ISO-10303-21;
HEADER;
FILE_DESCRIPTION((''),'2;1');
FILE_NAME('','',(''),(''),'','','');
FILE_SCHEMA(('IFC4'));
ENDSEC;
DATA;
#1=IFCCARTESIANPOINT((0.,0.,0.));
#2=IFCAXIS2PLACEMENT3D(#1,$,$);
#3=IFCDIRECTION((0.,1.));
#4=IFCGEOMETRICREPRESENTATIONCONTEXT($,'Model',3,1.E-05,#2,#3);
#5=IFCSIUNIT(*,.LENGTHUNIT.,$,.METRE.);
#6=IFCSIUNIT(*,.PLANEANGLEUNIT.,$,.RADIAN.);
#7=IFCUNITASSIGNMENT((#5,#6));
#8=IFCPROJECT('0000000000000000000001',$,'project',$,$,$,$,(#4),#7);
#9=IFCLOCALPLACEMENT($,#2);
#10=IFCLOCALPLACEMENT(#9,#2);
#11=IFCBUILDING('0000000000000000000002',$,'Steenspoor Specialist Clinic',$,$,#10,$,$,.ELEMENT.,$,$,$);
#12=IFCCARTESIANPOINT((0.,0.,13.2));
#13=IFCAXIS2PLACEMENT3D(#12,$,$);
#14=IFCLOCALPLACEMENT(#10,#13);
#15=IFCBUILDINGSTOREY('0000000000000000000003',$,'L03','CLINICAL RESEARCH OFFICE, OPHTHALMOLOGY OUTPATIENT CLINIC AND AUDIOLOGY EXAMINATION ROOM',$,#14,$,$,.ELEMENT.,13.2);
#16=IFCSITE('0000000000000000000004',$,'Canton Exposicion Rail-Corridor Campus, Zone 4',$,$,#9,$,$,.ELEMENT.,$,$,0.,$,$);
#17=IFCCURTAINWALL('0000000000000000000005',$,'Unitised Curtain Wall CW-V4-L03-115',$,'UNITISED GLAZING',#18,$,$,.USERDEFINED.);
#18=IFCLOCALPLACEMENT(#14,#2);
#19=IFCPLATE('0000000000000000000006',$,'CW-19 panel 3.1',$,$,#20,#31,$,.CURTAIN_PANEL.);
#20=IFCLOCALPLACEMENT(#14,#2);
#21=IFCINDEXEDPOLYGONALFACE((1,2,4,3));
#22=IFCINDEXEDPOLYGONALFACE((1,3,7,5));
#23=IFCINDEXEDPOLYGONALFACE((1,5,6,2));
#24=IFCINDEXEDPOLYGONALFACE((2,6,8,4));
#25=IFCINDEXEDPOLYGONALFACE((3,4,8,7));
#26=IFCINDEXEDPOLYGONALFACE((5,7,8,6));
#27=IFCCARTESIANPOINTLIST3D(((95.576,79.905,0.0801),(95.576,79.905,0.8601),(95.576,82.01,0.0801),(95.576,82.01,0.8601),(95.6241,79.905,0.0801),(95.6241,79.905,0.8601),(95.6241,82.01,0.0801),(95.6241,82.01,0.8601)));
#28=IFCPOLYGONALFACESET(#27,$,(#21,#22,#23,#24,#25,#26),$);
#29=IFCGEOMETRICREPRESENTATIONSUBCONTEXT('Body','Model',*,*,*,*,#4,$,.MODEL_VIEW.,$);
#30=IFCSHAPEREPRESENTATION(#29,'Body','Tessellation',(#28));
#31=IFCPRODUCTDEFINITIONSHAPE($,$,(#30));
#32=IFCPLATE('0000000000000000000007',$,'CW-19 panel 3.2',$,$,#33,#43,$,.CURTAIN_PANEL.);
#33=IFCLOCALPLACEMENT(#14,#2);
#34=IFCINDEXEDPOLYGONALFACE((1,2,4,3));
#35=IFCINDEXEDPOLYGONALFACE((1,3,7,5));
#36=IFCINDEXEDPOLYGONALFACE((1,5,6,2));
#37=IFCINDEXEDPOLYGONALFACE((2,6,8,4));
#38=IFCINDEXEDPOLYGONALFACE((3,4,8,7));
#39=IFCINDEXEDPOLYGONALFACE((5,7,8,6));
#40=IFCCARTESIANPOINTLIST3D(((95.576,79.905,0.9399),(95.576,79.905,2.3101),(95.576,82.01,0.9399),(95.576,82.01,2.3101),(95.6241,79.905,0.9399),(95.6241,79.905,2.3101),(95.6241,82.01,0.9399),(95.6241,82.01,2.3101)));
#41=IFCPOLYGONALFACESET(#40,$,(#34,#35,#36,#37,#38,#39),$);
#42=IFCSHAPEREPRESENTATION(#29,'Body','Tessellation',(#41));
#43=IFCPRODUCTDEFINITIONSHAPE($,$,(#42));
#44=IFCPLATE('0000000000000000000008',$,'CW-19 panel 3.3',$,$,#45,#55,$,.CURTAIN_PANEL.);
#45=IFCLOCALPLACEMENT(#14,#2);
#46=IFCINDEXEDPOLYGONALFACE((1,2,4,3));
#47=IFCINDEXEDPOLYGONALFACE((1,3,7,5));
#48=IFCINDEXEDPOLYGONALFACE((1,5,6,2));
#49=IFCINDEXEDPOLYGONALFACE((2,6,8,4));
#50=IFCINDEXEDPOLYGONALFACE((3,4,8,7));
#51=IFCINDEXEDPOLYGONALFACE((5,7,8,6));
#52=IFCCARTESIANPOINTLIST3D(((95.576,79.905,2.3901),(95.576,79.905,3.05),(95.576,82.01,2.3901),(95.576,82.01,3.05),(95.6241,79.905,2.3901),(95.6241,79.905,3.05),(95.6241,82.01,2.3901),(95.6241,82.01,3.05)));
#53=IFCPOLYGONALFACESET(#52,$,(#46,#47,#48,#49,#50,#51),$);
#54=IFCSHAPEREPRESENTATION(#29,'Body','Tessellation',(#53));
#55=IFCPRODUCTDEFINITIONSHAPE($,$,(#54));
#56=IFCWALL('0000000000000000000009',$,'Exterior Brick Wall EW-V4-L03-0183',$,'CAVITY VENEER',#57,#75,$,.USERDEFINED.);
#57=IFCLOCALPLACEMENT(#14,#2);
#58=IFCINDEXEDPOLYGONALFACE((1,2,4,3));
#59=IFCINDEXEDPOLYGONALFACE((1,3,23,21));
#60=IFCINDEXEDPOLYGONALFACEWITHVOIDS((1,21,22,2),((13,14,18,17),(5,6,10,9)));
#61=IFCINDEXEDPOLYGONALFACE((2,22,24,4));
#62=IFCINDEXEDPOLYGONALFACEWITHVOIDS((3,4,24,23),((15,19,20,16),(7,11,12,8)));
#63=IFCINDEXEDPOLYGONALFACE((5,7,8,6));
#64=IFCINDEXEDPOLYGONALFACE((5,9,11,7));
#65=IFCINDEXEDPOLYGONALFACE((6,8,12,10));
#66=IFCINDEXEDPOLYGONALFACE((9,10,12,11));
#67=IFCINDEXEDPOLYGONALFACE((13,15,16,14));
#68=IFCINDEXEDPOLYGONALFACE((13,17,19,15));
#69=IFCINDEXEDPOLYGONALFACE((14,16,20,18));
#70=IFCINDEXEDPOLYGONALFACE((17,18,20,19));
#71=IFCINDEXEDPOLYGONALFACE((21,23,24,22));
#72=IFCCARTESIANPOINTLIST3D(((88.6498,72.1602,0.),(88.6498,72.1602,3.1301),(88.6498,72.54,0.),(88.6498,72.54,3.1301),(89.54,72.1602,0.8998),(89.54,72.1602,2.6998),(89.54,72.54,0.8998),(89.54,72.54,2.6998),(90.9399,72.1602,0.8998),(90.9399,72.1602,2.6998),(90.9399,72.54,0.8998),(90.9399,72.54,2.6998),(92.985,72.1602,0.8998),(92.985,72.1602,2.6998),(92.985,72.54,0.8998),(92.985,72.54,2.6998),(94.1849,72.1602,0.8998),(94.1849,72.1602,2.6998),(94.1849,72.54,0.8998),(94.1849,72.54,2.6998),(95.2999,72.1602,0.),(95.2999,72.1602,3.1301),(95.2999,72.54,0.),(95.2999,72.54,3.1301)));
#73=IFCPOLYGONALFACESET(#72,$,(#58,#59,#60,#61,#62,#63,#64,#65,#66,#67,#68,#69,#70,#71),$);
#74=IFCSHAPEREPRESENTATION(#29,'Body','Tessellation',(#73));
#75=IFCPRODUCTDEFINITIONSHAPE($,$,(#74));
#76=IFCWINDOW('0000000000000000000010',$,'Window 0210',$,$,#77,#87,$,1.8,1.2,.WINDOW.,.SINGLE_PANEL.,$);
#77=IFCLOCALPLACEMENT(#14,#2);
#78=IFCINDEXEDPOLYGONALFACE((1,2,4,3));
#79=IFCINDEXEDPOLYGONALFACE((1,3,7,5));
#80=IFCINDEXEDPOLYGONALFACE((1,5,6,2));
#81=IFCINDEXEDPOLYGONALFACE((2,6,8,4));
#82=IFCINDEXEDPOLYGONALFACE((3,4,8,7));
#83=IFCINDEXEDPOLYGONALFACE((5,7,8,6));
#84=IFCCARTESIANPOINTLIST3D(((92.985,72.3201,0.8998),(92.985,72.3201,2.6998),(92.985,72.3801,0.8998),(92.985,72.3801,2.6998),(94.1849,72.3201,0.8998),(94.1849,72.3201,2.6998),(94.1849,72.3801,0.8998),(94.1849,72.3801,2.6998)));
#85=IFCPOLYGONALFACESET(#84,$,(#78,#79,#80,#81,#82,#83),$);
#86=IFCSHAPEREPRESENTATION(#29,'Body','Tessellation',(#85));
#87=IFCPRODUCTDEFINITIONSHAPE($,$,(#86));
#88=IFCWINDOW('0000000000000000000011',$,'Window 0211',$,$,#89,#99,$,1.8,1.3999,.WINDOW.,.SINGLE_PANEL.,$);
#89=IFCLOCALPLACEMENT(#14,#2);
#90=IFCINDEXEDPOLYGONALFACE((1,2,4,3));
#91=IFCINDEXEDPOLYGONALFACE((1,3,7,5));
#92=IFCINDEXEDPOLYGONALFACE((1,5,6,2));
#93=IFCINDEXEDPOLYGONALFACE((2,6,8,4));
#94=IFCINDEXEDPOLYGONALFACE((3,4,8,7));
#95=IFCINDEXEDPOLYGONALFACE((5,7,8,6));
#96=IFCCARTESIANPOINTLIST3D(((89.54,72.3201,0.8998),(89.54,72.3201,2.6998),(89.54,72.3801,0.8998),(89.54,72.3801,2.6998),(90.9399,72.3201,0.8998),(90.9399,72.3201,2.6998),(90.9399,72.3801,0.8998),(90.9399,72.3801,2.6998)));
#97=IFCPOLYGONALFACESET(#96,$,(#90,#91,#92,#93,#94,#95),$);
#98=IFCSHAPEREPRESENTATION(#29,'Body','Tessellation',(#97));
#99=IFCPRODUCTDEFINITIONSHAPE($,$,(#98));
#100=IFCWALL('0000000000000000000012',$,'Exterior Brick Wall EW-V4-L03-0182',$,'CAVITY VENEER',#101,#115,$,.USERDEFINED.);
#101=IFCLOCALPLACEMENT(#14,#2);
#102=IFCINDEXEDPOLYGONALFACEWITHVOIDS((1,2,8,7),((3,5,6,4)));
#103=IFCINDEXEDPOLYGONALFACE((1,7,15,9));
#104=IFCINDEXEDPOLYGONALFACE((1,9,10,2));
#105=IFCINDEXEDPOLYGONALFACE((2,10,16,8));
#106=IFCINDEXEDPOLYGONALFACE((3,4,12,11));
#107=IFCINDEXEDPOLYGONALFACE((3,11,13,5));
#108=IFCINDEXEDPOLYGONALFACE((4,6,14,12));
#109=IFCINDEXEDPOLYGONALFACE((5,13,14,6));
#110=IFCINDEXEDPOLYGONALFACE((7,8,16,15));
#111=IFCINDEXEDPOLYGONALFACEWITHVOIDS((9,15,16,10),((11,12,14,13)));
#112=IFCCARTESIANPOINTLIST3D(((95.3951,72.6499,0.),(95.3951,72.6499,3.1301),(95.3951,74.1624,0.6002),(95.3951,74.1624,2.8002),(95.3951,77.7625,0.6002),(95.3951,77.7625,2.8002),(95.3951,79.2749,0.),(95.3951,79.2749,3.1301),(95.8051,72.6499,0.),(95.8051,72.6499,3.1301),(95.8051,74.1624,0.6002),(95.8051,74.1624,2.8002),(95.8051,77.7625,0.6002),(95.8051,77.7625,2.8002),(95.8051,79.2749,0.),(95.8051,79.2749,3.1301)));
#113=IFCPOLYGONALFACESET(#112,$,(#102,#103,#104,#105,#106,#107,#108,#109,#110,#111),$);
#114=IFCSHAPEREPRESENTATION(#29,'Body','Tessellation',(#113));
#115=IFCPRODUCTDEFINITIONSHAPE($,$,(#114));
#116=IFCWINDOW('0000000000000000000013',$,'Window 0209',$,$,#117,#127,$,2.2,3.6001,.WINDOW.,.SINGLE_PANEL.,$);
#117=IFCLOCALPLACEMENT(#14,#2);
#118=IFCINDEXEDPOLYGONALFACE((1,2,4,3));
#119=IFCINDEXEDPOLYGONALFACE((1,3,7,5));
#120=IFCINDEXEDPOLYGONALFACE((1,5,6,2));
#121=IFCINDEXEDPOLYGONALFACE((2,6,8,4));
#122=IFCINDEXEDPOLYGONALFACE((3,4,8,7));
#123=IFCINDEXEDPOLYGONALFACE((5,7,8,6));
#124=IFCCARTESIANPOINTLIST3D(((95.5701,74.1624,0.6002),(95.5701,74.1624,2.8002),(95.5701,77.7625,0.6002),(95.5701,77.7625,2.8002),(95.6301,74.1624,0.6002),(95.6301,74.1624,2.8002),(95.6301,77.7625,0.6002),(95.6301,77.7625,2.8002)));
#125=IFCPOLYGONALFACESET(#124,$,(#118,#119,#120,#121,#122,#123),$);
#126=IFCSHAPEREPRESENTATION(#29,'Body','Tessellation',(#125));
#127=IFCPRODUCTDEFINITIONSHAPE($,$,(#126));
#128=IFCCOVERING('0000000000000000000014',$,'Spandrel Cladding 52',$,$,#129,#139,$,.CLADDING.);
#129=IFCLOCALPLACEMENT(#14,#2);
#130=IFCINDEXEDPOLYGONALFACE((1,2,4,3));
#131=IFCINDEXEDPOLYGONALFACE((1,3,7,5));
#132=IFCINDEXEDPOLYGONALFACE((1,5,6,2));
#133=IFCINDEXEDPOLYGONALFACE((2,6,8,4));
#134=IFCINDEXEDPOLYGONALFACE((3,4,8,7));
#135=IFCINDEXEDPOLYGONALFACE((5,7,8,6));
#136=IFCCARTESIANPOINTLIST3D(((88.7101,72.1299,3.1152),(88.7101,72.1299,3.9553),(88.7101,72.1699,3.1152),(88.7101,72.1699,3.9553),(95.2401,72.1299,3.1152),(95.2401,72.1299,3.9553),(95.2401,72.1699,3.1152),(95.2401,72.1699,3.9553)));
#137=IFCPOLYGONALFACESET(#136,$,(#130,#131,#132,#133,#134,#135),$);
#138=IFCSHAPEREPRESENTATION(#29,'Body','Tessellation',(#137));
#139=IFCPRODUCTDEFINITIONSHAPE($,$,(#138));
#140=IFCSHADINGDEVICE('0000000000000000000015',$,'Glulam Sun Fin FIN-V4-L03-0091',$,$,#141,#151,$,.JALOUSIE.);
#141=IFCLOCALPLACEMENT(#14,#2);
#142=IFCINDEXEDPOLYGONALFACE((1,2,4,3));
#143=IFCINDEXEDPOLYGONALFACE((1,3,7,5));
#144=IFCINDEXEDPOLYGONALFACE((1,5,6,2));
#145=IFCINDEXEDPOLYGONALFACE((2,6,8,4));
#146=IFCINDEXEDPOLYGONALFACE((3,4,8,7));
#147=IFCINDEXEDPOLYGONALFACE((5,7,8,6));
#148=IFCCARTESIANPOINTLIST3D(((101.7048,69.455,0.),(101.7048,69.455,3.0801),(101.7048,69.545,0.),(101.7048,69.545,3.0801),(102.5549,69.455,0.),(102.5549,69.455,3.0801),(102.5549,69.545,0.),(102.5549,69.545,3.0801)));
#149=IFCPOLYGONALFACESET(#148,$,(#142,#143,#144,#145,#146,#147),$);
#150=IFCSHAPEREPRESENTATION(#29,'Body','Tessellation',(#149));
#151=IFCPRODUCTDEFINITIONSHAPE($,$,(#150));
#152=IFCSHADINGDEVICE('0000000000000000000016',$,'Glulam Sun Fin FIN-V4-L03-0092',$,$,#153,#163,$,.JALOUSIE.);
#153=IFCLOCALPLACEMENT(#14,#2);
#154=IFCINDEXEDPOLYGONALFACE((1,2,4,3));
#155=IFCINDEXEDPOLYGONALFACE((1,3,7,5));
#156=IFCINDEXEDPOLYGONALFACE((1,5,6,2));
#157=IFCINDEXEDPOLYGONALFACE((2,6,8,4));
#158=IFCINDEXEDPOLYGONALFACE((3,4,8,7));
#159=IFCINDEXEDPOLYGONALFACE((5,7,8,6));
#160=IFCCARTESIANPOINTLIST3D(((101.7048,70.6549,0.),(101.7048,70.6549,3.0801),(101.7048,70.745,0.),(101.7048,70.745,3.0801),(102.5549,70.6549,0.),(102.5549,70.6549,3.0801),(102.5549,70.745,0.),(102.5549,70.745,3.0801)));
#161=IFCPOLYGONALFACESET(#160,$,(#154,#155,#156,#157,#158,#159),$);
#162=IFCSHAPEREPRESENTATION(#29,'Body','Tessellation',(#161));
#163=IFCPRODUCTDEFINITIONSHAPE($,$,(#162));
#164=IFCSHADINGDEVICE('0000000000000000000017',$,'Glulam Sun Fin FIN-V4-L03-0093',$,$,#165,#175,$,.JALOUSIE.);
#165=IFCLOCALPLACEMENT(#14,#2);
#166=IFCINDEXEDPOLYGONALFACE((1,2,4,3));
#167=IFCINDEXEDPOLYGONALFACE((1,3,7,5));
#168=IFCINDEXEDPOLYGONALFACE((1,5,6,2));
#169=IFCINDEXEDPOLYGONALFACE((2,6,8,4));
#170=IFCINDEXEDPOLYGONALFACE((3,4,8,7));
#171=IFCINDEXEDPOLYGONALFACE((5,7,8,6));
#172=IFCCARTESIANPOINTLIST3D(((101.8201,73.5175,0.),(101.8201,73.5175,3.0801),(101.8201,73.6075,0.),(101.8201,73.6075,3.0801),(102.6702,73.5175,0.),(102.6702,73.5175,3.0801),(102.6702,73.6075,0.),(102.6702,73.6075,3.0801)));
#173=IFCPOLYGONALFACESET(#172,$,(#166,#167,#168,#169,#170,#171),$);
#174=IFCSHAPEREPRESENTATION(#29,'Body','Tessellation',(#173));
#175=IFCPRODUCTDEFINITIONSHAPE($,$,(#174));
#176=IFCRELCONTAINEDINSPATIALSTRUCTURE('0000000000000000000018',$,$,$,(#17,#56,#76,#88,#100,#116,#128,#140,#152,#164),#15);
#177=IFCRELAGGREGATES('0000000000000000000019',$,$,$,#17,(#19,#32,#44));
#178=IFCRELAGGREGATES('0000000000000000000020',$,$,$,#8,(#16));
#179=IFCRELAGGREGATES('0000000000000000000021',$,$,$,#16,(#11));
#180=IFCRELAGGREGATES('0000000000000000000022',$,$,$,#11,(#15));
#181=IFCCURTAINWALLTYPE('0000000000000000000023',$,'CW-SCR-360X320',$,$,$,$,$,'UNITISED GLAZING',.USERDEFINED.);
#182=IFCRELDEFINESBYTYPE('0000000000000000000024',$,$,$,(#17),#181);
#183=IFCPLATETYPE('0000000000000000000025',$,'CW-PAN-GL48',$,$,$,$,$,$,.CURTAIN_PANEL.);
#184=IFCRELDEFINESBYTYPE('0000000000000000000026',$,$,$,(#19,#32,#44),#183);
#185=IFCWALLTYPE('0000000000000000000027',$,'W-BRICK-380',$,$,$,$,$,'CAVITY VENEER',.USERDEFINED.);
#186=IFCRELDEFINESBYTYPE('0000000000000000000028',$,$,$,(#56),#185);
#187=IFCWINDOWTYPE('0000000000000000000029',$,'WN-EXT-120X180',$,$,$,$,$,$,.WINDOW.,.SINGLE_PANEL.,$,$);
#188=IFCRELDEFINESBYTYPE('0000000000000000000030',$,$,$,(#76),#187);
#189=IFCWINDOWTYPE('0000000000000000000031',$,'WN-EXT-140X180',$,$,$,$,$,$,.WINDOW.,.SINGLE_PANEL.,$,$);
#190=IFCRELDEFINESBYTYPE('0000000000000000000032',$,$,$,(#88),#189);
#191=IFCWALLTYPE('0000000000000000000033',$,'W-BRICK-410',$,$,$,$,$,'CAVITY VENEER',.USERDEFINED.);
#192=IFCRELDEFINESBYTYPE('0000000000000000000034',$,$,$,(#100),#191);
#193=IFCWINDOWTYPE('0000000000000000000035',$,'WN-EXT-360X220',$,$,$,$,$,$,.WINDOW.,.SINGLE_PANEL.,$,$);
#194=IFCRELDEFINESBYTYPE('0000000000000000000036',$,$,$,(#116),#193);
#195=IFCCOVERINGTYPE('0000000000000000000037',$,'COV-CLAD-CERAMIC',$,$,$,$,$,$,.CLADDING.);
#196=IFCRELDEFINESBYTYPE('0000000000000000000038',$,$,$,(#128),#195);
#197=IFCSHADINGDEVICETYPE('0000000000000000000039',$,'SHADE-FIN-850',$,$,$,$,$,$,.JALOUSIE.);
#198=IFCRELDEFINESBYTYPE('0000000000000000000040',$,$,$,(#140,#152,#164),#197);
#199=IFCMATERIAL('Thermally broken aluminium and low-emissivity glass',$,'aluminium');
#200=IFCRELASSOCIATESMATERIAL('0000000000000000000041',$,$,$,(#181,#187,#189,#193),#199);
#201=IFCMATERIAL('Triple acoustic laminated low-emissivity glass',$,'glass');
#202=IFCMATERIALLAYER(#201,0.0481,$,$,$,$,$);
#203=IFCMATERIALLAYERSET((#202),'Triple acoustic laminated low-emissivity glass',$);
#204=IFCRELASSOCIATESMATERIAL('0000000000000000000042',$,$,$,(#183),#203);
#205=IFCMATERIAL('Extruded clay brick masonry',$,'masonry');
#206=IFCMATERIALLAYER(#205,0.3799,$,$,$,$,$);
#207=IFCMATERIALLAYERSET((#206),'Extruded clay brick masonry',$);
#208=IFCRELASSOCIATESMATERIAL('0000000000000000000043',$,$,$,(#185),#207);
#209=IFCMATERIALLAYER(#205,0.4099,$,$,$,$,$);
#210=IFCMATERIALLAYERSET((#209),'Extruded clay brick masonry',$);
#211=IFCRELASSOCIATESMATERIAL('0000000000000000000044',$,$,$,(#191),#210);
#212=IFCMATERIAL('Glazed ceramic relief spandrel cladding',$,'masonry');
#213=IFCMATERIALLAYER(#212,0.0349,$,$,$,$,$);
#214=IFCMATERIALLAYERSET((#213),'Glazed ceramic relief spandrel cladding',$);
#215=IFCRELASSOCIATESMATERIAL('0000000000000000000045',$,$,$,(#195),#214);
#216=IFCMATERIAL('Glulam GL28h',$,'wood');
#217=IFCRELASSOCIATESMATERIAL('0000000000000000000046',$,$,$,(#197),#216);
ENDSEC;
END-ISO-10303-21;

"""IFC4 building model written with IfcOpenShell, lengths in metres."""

from ifc_helpers import new_model, si_unit, direction, frame, frame_2d, origin, origin_2d, place, context, subcontext, project, spatial, rectangle, extrude, material, layer, layer_set, material_profile, profile_set, type_object, element, fill, aggregate, save


model = new_model("IFC4")

# Units and contexts
model_context = context("Model", 3, precision=1e-05, world=origin(), true_north=direction((0.0, 1.0)))
body_context = subcontext(model_context, "Body", "Model", "MODEL_VIEW")
ifc_project = project(units=[si_unit("LENGTHUNIT", "METRE"), si_unit("PLANEANGLEUNIT", "RADIAN")], contexts=[model_context])

# Site, building, storey
site_placement = place(None, origin())
site = spatial("IfcSite", under=ifc_project, at=site_placement, Name="Canton Exposicion Rail-Corridor Campus, Zone 4", CompositionType="ELEMENT", RefElevation=0.0)
building_placement = place(site_placement, origin())
building = spatial("IfcBuilding", under=site, at=building_placement, Name="Steenspoor Specialist Clinic", CompositionType="ELEMENT")
storey_placement = place(building_placement, frame((0.0, 0.0, 13.2)))
storey = spatial("IfcBuildingStorey", under=building, at=storey_placement, Name="L03", Description="CLINICAL RESEARCH OFFICE, OPHTHALMOLOGY OUTPATIENT CLINIC AND AUDIOLOGY EXAMINATION ROOM", CompositionType="ELEMENT", Elevation=13.2)

# Curtain wall
ifc_material_1 = material(Name="Thermally broken aluminium and low-emissivity glass", Category="aluminium")
curtain_wall_type = type_object("IfcCurtainWallType", Name="CW-SCR-360X320", ElementType="UNITISED GLAZING", PredefinedType="USERDEFINED", material=ifc_material_1)
curtain_wall_placement = place(storey_placement, origin())
curtain_wall = element("IfcCurtainWall", 1, at=curtain_wall_placement, inside=storey, type_object=curtain_wall_type, Name="Unitised Curtain Wall CW-V4-L03-115", ObjectType="UNITISED GLAZING", PredefinedType="USERDEFINED")

# Plates
ifc_material_2 = material(Name="Triple acoustic laminated low-emissivity glass", Category="glass")
ifc_layer_1 = layer(ifc_material_2, 0.0481)
ifc_layer_set_1 = layer_set([ifc_layer_1], Name="Triple acoustic laminated low-emissivity glass")
plate_type = type_object("IfcPlateType", Name="CW-PAN-GL48", PredefinedType="CURTAIN_PANEL", material=ifc_layer_set_1)
plate_1_placement = place(storey_placement, frame((95.6001, 80.9575, 0.0801), z_axis=(0.0, 0.0, 1.0), x_axis=(0.0, -1.0, 0.0)))
plate_1 = element("IfcPlate", 2, at=plate_1_placement, type_object=plate_type, Name="CW-19 panel 3.1", PredefinedType="CURTAIN_PANEL", context=body_context, shape_type="SweptSolid", body=[
    extrude(rectangle(XDim=2.105, YDim=0.0481, at=origin_2d()), origin(), (0.0, 0.0, 1.0), 0.78),
])
plate_2_placement = place(storey_placement, frame((95.6001, 80.9575, 0.9399), z_axis=(0.0, 0.0, 1.0), x_axis=(0.0, -1.0, 0.0)))
plate_2 = element("IfcPlate", 3, at=plate_2_placement, type_object=plate_type, Name="CW-19 panel 3.2", PredefinedType="CURTAIN_PANEL", context=body_context, shape_type="SweptSolid", body=[
    extrude(rectangle(XDim=2.105, YDim=0.0481, at=origin_2d()), origin(), (0.0, 0.0, 1.0), 1.3701),
])
plate_3_placement = place(storey_placement, frame((95.6001, 80.9575, 2.3901), z_axis=(0.0, 0.0, 1.0), x_axis=(0.0, -1.0, 0.0)))
plate_3 = element("IfcPlate", 4, at=plate_3_placement, type_object=plate_type, Name="CW-19 panel 3.3", PredefinedType="CURTAIN_PANEL", context=body_context, shape_type="SweptSolid", body=[
    extrude(rectangle(XDim=2.105, YDim=0.0481, at=origin_2d()), origin(), (0.0, 0.0, 1.0), 0.6599),
])
aggregate(curtain_wall, [plate_1, plate_2, plate_3])

# Wall, openings, windows
ifc_material_3 = material(Name="Extruded clay brick masonry", Category="masonry")
ifc_layer_2 = layer(ifc_material_3, 0.3799)
ifc_layer_set_2 = layer_set([ifc_layer_2], Name="Extruded clay brick masonry")
wall_type_1 = type_object("IfcWallType", Name="W-BRICK-380", ElementType="CAVITY VENEER", PredefinedType="USERDEFINED", material=ifc_layer_set_2)
wall_1_placement = place(storey_placement, frame((95.3, 72.3501, 0.0), z_axis=(0.0, 0.0, 1.0), x_axis=(-1.0, 0.0, 0.0)))
wall_1 = element("IfcWall", 5, at=wall_1_placement, inside=storey, type_object=wall_type_1, Name="Exterior Brick Wall EW-V4-L03-0183", ObjectType="CAVITY VENEER", PredefinedType="USERDEFINED", context=body_context, shape_type="SweptSolid", body=[
    extrude(rectangle(XDim=6.6501, YDim=0.3799, at=frame_2d((3.3252, 0.0))), origin(), (0.0, 0.0, 1.0), 3.1301),
])
opening_1_placement = place(wall_1_placement, frame((1.115, 0.0, 0.8999)))
opening_1 = element("IfcOpeningElement", 6, at=opening_1_placement, cuts=wall_1, PredefinedType="OPENING", context=body_context, shape_type="SweptSolid", body=[
    extrude(rectangle(XDim=1.2, YDim=1.8, at=frame_2d((0.6001, 0.8999))), frame((0.0, 0.2, 0.0), z_axis=(0.0, -1.0, 0.0), x_axis=(1.0, 0.0, 0.0)), (0.0, 0.0, 1.0), 0.3999),
])
opening_2_placement = place(wall_1_placement, frame((4.3601, 0.0, 0.8999)))
opening_2 = element("IfcOpeningElement", 7, at=opening_2_placement, cuts=wall_1, PredefinedType="OPENING", context=body_context, shape_type="SweptSolid", body=[
    extrude(rectangle(XDim=1.3999, YDim=1.8, at=frame_2d((0.7, 0.8999))), frame((0.0, 0.2, 0.0), z_axis=(0.0, -1.0, 0.0), x_axis=(1.0, 0.0, 0.0)), (0.0, 0.0, 1.0), 0.3999),
])
window_type_1 = type_object("IfcWindowType", Name="WN-EXT-120X180", PartitioningType="SINGLE_PANEL", PredefinedType="WINDOW", material=ifc_material_1)
window_1_placement = place(opening_1_placement, origin())
window_1 = element("IfcWindow", 8, at=window_1_placement, inside=storey, type_object=window_type_1, Name="Window 0210", OverallHeight=1.8, OverallWidth=1.2, PartitioningType="SINGLE_PANEL", PredefinedType="WINDOW", context=body_context, shape_type="SweptSolid", body=[
    extrude(rectangle(XDim=1.2, YDim=1.8, at=frame_2d((0.6001, 0.8999))), frame((0.0, 0.03, 0.0), z_axis=(0.0, -1.0, 0.0), x_axis=(1.0, 0.0, 0.0)), (0.0, 0.0, 1.0), 0.0601),
])
fill(opening_1, window_1)
window_type_2 = type_object("IfcWindowType", Name="WN-EXT-140X180", PartitioningType="SINGLE_PANEL", PredefinedType="WINDOW", material=ifc_material_1)
window_2_placement = place(opening_2_placement, origin())
window_2 = element("IfcWindow", 9, at=window_2_placement, inside=storey, type_object=window_type_2, Name="Window 0211", OverallHeight=1.8, OverallWidth=1.3999, PartitioningType="SINGLE_PANEL", PredefinedType="WINDOW", context=body_context, shape_type="SweptSolid", body=[
    extrude(rectangle(XDim=1.3999, YDim=1.8, at=frame_2d((0.7, 0.8999))), frame((0.0, 0.03, 0.0), z_axis=(0.0, -1.0, 0.0), x_axis=(1.0, 0.0, 0.0)), (0.0, 0.0, 1.0), 0.0601),
])
fill(opening_2, window_2)

# Wall, opening, window
ifc_layer_3 = layer(ifc_material_3, 0.4099)
ifc_layer_set_3 = layer_set([ifc_layer_3], Name="Extruded clay brick masonry")
wall_type_2 = type_object("IfcWallType", Name="W-BRICK-410", ElementType="CAVITY VENEER", PredefinedType="USERDEFINED", material=ifc_layer_set_3)
wall_2_placement = place(storey_placement, frame((95.6001, 79.2749, 0.0), z_axis=(0.0, 0.0, 1.0), x_axis=(0.0, -1.0, 0.0)))
wall_2 = element("IfcWall", 10, at=wall_2_placement, inside=storey, type_object=wall_type_2, Name="Exterior Brick Wall EW-V4-L03-0182", ObjectType="CAVITY VENEER", PredefinedType="USERDEFINED", context=body_context, shape_type="SweptSolid", body=[
    extrude(rectangle(XDim=6.625, YDim=0.4099, at=frame_2d((3.3125, 0.0))), origin(), (0.0, 0.0, 1.0), 3.1301),
])
opening_3_placement = place(wall_2_placement, frame((1.5125, 0.0, 0.6001)))
opening_3 = element("IfcOpeningElement", 11, at=opening_3_placement, cuts=wall_2, PredefinedType="OPENING", context=body_context, shape_type="SweptSolid", body=[
    extrude(rectangle(XDim=3.6001, YDim=2.2, at=frame_2d((1.8, 1.1001))), frame((0.0, 0.2148, 0.0), z_axis=(0.0, -1.0, 0.0), x_axis=(1.0, 0.0, 0.0)), (0.0, 0.0, 1.0), 0.4299),
])
window_type_3 = type_object("IfcWindowType", Name="WN-EXT-360X220", PartitioningType="SINGLE_PANEL", PredefinedType="WINDOW", material=ifc_material_1)
window_3_placement = place(opening_3_placement, origin())
window_3 = element("IfcWindow", 12, at=window_3_placement, inside=storey, type_object=window_type_3, Name="Window 0209", OverallHeight=2.2, OverallWidth=3.6001, PartitioningType="SINGLE_PANEL", PredefinedType="WINDOW", context=body_context, shape_type="SweptSolid", body=[
    extrude(rectangle(XDim=3.6001, YDim=2.2, at=frame_2d((1.8, 1.1001))), frame((0.0, 0.03, 0.0), z_axis=(0.0, -1.0, 0.0), x_axis=(1.0, 0.0, 0.0)), (0.0, 0.0, 1.0), 0.0601),
])
fill(opening_3, window_3)

# Covering
ifc_material_4 = material(Name="Glazed ceramic relief spandrel cladding", Category="masonry")
ifc_layer_4 = layer(ifc_material_4, 0.0349)
ifc_layer_set_4 = layer_set([ifc_layer_4], Name="Glazed ceramic relief spandrel cladding")
covering_type = type_object("IfcCoveringType", Name="COV-CLAD-CERAMIC", PredefinedType="CLADDING", material=ifc_layer_set_4)
covering_placement = place(storey_placement, frame((91.9751, 72.1499, 3.1152), z_axis=(0.0, 0.0, 1.0), x_axis=(-1.0, 0.0, 0.0)))
element("IfcCovering", 13, at=covering_placement, inside=storey, type_object=covering_type, Name="Spandrel Cladding 52", PredefinedType="CLADDING", context=body_context, shape_type="SweptSolid", body=[
    extrude(rectangle(XDim=6.53, YDim=0.04, at=origin_2d()), origin(), (0.0, 0.0, 1.0), 0.8401),
])

# Shading devices
ifc_material_5 = material(Name="Glulam GL28h", Category="wood")
ifc_material_profile_1 = material_profile(ifc_material_5, rectangle(XDim=0.0901, YDim=0.8501, at=origin_2d()), Name="GL28H-90X850")
ifc_profile_set_1 = profile_set([ifc_material_profile_1], Name="Glulam GL28h")
shading_device_type = type_object("IfcShadingDeviceType", Name="SHADE-FIN-850", PredefinedType="JALOUSIE", material=ifc_profile_set_1)
for number, where, z_axis, x_axis, name in (
    (14, (102.1299, 69.5, 0.0), (0.0, 0.0, 1.0), (0.0, 1.0, 0.0), "Glulam Sun Fin FIN-V4-L03-0091"),
    (15, (102.1299, 70.7, 0.0), (0.0, 0.0, 1.0), (0.0, 1.0, 0.0), "Glulam Sun Fin FIN-V4-L03-0092"),
    (16, (102.2451, 73.5625, 0.0), (0.0, 0.0, 1.0), (0.0, 1.0, 0.0), "Glulam Sun Fin FIN-V4-L03-0093"),
):
    element("IfcShadingDevice", number, at=place(storey_placement, frame(where, z_axis=z_axis, x_axis=x_axis)), inside=storey, type_object=shading_device_type, Name=name, PredefinedType="JALOUSIE", context=body_context, shape_type="SweptSolid", body=[
        extrude(rectangle(XDim=0.0901, YDim=0.8501, at=origin_2d()), origin(), (0.0, 0.0, 1.0), 3.0801),
    ])

save(model, "model.ifc")
